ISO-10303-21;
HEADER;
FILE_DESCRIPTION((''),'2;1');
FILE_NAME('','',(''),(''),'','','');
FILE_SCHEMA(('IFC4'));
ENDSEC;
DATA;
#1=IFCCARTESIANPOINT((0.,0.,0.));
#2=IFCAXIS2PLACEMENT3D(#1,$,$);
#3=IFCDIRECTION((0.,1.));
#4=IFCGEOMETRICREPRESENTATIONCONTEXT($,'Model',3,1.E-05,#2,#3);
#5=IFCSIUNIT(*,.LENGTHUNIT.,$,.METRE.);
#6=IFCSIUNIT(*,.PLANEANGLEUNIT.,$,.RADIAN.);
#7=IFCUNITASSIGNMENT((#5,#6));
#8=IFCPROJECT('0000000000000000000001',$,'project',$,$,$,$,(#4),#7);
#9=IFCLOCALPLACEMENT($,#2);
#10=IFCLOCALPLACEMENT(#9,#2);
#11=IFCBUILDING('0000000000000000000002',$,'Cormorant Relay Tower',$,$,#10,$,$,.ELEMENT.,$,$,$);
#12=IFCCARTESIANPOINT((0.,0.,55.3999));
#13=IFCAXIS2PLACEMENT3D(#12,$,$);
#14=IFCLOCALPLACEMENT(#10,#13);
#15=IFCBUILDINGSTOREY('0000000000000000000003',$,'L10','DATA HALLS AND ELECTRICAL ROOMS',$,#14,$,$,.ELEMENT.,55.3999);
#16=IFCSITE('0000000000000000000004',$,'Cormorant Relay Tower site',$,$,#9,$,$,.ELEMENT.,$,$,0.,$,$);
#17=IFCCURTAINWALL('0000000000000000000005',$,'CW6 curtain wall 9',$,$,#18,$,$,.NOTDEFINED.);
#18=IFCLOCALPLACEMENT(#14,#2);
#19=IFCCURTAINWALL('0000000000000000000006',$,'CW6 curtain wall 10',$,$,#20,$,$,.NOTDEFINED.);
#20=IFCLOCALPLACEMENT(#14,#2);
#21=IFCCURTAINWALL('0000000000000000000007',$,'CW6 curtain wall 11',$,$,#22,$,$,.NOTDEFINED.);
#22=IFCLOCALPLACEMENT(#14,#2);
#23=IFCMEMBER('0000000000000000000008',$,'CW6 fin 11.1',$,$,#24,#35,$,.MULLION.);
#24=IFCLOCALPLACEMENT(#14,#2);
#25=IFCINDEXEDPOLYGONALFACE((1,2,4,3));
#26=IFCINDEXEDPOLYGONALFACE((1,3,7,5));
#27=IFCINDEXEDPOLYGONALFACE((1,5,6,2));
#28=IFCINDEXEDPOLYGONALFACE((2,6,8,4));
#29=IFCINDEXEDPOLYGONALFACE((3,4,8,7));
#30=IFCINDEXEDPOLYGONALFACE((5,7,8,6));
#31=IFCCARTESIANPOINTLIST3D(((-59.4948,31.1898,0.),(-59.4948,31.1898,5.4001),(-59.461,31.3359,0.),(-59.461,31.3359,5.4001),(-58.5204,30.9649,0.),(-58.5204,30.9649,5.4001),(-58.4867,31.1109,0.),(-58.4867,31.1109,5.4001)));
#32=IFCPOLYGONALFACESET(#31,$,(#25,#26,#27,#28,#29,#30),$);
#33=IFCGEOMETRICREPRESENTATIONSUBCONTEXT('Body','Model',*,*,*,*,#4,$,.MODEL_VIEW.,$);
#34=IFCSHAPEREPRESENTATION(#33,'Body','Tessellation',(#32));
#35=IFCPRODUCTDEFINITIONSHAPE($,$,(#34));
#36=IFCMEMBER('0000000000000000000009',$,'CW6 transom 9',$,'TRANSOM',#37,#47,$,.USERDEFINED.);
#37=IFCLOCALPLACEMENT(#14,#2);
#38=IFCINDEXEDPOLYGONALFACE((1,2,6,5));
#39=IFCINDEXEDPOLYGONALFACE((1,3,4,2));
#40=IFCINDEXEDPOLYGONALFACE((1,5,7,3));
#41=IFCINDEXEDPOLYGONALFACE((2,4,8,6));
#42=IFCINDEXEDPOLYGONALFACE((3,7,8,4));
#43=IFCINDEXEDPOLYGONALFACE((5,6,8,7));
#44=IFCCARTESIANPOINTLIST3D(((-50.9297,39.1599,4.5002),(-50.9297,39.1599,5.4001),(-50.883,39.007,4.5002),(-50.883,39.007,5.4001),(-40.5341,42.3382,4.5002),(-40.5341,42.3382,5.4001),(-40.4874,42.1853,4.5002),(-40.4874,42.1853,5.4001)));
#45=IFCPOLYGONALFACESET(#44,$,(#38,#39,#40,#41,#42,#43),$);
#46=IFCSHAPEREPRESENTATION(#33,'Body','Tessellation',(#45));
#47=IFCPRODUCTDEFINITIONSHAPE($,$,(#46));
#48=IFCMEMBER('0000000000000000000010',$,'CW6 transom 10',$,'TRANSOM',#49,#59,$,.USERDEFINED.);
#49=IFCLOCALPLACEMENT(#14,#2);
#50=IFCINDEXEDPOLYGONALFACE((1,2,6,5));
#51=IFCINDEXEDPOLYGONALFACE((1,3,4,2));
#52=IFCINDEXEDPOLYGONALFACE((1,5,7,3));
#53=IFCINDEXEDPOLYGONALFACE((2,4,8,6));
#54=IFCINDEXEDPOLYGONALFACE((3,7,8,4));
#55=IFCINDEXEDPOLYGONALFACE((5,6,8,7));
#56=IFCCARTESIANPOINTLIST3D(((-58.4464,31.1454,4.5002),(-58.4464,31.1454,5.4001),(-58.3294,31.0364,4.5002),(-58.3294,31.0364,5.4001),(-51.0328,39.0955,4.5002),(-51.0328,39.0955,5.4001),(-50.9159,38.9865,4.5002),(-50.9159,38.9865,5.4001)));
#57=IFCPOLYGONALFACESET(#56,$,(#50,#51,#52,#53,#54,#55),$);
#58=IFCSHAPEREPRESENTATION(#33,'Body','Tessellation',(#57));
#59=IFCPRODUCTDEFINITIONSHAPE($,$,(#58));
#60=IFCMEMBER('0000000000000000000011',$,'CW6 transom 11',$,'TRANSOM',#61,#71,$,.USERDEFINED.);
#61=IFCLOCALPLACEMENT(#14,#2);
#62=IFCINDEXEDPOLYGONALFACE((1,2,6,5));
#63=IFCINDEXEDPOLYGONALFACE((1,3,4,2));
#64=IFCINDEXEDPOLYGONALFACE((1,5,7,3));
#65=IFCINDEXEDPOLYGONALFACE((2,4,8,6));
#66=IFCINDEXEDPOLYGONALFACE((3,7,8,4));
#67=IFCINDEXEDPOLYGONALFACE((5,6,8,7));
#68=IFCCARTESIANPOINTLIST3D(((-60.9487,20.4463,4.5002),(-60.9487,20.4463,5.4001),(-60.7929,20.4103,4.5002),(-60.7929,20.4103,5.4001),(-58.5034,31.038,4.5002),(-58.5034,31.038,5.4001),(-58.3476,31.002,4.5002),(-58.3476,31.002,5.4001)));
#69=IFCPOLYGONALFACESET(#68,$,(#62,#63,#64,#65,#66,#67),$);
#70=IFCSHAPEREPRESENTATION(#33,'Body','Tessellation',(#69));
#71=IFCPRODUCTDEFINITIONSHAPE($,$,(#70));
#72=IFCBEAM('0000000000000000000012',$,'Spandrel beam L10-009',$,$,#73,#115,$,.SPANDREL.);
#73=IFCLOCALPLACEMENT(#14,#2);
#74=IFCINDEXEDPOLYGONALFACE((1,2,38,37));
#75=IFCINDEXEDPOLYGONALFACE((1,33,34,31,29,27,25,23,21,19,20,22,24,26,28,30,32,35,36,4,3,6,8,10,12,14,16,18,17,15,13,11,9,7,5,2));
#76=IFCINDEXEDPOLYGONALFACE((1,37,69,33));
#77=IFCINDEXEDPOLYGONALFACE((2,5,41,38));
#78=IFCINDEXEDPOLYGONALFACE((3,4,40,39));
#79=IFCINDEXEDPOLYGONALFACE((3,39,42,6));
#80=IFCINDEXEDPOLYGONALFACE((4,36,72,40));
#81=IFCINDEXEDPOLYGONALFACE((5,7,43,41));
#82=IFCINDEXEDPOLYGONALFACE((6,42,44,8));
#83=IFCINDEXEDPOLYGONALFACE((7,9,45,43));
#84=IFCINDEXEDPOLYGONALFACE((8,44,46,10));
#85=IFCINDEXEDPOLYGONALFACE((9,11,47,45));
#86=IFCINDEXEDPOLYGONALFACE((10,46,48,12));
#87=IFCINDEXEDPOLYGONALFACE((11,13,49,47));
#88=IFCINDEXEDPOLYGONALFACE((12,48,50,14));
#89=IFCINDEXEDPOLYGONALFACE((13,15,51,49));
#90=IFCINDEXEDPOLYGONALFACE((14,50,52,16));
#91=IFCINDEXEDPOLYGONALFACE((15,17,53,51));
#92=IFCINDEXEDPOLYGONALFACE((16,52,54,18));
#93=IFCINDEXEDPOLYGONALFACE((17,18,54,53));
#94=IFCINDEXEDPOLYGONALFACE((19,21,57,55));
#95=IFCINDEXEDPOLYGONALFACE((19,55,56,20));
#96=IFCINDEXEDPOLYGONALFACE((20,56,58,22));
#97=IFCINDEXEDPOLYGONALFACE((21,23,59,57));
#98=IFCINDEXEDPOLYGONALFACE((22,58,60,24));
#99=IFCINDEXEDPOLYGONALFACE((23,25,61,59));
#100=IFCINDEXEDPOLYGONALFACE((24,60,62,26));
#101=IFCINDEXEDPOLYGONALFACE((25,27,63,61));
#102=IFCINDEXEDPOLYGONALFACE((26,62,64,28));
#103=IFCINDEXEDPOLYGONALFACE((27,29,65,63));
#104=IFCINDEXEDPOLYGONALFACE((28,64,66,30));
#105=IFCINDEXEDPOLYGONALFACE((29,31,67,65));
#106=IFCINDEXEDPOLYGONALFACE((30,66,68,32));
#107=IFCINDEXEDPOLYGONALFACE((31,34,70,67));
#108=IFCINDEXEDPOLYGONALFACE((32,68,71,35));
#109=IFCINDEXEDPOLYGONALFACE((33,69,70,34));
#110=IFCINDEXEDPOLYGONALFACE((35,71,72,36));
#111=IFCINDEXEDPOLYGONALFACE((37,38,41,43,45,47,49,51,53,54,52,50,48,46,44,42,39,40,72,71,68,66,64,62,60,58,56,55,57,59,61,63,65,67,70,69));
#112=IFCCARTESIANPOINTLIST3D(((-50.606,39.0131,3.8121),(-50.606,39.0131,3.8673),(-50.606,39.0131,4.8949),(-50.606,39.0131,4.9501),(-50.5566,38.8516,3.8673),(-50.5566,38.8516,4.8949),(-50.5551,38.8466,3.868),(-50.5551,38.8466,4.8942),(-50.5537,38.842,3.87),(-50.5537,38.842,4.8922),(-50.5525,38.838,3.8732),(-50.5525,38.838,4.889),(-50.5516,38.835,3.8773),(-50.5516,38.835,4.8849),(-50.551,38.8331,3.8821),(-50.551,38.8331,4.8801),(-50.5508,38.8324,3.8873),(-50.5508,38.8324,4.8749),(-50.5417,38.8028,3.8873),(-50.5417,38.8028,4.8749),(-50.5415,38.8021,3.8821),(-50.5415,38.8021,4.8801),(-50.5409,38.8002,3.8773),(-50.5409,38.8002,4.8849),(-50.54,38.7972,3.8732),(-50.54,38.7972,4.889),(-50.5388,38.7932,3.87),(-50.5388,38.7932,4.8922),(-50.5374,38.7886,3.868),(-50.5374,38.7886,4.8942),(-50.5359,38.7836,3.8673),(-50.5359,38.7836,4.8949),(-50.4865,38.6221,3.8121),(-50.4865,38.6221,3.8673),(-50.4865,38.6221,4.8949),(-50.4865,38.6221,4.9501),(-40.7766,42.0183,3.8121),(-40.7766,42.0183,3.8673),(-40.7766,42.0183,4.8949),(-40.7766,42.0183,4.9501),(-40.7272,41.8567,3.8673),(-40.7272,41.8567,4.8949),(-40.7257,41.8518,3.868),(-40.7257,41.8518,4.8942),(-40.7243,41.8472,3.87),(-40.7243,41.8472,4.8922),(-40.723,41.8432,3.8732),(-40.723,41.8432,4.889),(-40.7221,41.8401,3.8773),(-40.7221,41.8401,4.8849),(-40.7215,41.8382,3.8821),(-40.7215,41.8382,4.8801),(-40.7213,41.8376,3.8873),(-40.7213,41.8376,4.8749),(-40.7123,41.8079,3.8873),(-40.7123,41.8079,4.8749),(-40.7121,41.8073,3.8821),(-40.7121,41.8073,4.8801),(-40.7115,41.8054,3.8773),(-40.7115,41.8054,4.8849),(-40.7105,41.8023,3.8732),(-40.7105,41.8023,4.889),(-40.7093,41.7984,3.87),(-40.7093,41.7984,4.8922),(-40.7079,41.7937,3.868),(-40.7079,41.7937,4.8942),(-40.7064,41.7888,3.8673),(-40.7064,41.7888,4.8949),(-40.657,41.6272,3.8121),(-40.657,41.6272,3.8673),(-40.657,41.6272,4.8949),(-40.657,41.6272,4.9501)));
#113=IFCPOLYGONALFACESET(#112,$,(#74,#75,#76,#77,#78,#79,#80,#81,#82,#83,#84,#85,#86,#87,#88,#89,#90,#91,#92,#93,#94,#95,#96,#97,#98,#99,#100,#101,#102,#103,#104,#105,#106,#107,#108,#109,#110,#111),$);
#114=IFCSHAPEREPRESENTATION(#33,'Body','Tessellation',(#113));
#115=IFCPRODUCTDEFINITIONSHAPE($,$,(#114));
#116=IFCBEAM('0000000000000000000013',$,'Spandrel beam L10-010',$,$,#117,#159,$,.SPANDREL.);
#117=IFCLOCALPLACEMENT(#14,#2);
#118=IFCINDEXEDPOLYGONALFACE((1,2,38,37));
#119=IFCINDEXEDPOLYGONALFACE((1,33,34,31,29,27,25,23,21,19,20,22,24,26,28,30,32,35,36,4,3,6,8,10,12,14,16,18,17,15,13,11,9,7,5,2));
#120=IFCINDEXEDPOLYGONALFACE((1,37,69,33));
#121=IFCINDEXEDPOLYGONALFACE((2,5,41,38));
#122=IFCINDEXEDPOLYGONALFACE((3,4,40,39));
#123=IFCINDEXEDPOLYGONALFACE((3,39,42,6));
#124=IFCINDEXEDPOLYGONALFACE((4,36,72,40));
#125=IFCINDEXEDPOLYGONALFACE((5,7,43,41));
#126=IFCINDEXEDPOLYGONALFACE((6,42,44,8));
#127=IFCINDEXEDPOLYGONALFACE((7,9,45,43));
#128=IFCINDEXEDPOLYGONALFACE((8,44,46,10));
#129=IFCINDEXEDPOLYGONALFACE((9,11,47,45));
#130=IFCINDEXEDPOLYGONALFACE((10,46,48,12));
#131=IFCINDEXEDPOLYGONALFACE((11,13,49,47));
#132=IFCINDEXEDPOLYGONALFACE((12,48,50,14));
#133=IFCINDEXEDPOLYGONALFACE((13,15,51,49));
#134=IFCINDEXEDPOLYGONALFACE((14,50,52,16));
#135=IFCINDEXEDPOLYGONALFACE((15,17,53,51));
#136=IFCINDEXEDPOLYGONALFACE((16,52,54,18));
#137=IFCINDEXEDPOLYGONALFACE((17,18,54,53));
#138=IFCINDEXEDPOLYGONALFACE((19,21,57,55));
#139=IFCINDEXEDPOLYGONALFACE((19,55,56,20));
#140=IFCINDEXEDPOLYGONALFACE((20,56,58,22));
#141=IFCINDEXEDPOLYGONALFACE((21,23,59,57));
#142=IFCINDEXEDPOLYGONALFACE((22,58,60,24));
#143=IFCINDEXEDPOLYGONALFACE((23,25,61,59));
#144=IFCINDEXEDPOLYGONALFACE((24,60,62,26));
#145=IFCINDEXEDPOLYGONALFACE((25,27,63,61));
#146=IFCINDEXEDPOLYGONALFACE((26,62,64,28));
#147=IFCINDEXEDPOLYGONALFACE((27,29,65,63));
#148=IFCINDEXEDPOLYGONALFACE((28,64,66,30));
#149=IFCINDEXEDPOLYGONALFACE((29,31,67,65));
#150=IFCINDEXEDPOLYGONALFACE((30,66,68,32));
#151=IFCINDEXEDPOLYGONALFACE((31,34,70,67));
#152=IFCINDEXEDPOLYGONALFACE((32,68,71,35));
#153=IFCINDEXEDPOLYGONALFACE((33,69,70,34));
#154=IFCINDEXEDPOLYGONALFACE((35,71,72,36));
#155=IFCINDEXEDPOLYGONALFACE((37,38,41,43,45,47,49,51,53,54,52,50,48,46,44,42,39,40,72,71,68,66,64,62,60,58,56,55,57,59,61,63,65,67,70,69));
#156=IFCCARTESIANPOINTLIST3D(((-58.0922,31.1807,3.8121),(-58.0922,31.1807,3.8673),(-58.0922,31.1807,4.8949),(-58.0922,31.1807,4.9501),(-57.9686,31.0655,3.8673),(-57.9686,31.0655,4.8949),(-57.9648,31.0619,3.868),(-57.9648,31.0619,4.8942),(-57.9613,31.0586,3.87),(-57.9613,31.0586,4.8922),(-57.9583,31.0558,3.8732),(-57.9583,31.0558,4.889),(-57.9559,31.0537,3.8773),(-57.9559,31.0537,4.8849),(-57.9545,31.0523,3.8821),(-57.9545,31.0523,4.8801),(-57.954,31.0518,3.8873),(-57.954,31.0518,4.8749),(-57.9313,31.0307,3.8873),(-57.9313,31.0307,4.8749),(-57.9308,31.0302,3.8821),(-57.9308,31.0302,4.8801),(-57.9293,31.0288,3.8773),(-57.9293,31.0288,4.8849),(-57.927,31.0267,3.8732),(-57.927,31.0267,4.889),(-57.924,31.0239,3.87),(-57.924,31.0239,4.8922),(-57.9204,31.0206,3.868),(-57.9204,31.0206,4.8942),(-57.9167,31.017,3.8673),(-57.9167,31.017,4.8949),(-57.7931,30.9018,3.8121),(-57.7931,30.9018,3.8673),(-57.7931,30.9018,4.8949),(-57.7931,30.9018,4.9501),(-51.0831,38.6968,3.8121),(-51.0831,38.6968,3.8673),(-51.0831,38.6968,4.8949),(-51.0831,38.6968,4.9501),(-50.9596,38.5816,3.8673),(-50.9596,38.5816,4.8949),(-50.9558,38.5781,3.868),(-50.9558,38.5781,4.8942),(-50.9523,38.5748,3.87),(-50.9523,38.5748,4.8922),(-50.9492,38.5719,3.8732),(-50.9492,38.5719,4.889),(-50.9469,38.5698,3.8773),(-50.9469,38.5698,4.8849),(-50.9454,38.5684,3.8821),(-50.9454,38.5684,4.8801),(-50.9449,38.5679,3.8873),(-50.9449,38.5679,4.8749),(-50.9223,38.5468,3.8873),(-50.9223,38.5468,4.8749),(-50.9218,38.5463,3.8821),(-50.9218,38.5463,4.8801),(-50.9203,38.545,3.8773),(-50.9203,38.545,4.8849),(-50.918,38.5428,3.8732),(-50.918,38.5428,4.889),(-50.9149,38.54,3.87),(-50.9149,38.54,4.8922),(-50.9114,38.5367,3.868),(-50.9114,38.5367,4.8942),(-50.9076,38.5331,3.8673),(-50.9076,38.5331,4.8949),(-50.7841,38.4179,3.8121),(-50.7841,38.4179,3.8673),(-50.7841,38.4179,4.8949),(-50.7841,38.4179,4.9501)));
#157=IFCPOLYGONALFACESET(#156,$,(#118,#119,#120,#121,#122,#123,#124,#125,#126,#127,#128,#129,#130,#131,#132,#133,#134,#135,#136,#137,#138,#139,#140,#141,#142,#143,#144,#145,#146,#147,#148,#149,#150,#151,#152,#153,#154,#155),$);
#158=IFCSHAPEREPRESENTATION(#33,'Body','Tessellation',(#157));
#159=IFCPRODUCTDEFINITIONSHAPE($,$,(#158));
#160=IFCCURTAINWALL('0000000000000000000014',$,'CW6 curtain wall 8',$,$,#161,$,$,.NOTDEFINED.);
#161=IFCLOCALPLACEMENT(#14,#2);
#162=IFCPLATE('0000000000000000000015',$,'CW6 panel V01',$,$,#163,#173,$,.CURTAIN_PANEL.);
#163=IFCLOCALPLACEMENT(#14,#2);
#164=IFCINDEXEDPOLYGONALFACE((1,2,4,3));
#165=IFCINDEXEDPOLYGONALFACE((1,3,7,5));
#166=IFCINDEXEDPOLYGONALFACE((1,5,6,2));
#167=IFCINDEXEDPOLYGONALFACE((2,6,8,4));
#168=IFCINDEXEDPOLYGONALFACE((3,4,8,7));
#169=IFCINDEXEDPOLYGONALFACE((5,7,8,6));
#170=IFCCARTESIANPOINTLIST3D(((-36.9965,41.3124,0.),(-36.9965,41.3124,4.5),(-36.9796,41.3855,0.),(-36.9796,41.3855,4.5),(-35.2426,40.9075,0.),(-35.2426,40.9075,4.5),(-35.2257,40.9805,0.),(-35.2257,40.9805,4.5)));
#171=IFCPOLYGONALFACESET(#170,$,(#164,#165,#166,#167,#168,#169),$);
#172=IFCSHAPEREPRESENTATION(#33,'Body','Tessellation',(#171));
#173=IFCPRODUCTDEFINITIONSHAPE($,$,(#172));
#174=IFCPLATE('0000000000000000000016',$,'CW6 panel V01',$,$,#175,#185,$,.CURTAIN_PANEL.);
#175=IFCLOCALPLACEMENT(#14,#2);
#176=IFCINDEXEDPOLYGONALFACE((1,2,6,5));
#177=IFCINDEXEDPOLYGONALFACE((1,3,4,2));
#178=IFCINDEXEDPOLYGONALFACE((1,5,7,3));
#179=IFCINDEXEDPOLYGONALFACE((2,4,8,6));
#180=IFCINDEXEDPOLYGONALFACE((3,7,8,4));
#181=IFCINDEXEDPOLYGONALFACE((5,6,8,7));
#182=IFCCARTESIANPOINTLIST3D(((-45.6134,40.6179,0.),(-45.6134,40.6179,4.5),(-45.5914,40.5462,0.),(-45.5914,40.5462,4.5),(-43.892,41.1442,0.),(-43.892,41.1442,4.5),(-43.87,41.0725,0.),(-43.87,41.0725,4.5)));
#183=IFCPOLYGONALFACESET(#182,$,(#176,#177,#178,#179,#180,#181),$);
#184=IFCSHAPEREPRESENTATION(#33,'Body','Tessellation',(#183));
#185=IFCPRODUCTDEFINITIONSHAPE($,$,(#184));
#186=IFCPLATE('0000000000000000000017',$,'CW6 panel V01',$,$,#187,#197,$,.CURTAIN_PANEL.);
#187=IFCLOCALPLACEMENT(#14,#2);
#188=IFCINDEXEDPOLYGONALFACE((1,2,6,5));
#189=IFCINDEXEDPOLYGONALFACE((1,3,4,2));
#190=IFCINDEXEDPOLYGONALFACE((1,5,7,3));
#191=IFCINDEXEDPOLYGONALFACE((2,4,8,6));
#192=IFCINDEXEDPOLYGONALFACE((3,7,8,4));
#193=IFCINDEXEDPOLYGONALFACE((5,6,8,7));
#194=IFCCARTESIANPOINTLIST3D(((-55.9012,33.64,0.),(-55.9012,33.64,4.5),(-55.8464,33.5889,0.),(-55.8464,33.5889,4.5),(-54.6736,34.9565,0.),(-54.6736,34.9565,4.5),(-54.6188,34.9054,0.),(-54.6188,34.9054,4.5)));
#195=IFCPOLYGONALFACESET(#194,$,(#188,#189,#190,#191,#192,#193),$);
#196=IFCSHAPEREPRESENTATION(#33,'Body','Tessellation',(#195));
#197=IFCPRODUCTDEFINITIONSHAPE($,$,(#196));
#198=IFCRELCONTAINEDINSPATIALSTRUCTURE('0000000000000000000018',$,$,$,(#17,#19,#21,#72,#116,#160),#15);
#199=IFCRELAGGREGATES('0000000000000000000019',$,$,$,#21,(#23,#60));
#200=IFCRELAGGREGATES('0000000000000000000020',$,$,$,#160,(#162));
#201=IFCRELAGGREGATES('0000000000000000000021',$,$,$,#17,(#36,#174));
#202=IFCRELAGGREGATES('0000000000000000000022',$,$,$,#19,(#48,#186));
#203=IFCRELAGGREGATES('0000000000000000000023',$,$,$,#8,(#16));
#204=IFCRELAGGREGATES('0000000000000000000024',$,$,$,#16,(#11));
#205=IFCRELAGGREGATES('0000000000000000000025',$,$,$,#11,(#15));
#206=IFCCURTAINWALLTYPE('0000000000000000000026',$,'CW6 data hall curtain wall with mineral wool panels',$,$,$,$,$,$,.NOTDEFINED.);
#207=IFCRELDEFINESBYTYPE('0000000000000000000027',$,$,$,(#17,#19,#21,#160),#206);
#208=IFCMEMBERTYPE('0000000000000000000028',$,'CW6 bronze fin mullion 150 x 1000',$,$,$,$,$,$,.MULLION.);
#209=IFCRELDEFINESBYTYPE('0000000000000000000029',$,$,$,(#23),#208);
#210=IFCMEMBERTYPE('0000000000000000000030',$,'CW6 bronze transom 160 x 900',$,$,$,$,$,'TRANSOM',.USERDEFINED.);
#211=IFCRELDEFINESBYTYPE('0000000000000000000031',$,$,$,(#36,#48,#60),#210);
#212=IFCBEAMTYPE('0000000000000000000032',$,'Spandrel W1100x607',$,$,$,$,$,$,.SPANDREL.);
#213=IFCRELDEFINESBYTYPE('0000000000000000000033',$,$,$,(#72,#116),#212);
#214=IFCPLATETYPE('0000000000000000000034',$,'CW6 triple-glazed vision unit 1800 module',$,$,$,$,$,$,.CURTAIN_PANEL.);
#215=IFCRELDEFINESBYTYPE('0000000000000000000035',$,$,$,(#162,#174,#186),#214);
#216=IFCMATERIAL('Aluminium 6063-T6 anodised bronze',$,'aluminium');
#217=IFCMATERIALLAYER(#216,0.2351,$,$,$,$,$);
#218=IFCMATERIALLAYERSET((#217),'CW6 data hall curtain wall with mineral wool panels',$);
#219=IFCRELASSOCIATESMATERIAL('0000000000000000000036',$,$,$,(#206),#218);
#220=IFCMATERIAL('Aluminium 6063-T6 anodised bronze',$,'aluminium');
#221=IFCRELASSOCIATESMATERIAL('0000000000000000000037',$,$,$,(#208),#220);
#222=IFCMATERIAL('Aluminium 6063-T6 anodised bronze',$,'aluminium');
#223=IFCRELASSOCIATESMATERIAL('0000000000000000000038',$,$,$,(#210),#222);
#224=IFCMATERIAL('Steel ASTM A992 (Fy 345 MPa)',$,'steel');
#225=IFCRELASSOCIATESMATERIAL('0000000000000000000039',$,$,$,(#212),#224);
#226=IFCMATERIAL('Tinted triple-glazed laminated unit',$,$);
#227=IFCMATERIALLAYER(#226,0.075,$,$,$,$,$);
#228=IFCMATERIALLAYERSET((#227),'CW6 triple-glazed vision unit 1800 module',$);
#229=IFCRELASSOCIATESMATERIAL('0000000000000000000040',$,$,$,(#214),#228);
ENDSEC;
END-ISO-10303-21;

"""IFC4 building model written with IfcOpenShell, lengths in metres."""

from ifc_helpers import new_model, si_unit, direction, frame, origin, origin_2d, place, context, subcontext, project, spatial, rectangle, i_section, extrude, material, layer, layer_set, material_profile, profile_set, type_object, element, aggregate, save


model = new_model("IFC4")

# Units and contexts
model_context = context("Model", 3, precision=1e-05, world=origin(), true_north=direction((0.0, 1.0)))
body_context = subcontext(model_context, "Body", "Model", "MODEL_VIEW")
ifc_project = project(units=[si_unit("LENGTHUNIT", "METRE"), si_unit("PLANEANGLEUNIT", "RADIAN")], contexts=[model_context])

# Site, building, storey
site_placement = place(None, origin())
site = spatial("IfcSite", under=ifc_project, at=site_placement, Name="Cormorant Relay Tower site", CompositionType="ELEMENT", RefElevation=0.0)
building_placement = place(site_placement, origin())
building = spatial("IfcBuilding", under=site, at=building_placement, Name="Cormorant Relay Tower", CompositionType="ELEMENT")
storey_placement = place(building_placement, frame((0.0, 0.0, 55.3999)))
storey = spatial("IfcBuildingStorey", under=building, at=storey_placement, Name="L10", Description="DATA HALLS AND ELECTRICAL ROOMS", CompositionType="ELEMENT", Elevation=55.3999)

# Curtain walls
ifc_material_1 = material(Name="Aluminium 6063-T6 anodised bronze", Category="aluminium")
ifc_layer_1 = layer(ifc_material_1, 0.2351)
ifc_layer_set_1 = layer_set([ifc_layer_1], Name="CW6 data hall curtain wall with mineral wool panels")
curtain_wall_type = type_object("IfcCurtainWallType", Name="CW6 data hall curtain wall with mineral wool panels", PredefinedType="NOTDEFINED", material=ifc_layer_set_1)
curtain_wall_1_placement = place(storey_placement, origin())
curtain_wall_1 = element("IfcCurtainWall", 1, at=curtain_wall_1_placement, inside=storey, type_object=curtain_wall_type, Name="CW6 curtain wall 9", PredefinedType="NOTDEFINED")
ifc_material_2 = material(Name="Aluminium 6063-T6 anodised bronze", Category="aluminium")
ifc_material_profile_1 = material_profile(ifc_material_2, rectangle(XDim=0.1499, YDim=1.0, at=origin_2d()), Name="AL 150x1000")
ifc_profile_set_1 = profile_set([ifc_material_profile_1], Name="Aluminium 6063-T6 anodised bronze")
member_type_1 = type_object("IfcMemberType", Name="CW6 bronze fin mullion 150 x 1000", PredefinedType="MULLION", material=ifc_profile_set_1)
curtain_wall_2_placement = place(storey_placement, origin())
curtain_wall_2 = element("IfcCurtainWall", 2, at=curtain_wall_2_placement, inside=storey, type_object=curtain_wall_type, Name="CW6 curtain wall 10", PredefinedType="NOTDEFINED")

# Curtain wall, member
curtain_wall_3_placement = place(storey_placement, origin())
curtain_wall_3 = element("IfcCurtainWall", 3, at=curtain_wall_3_placement, inside=storey, type_object=curtain_wall_type, Name="CW6 curtain wall 11", PredefinedType="NOTDEFINED")
member_1_placement = place(storey_placement, frame((-58.9907, 31.1504, 0.0), z_axis=(0.0, 0.0, 1.0), x_axis=(-0.224951, -0.97437, 0.0)))
member_1 = element("IfcMember", 4, at=member_1_placement, type_object=member_type_1, Name="CW6 fin 11.1", PredefinedType="MULLION", context=body_context, shape_type="SweptSolid", body=[
    extrude(rectangle(XDim=0.1499, YDim=1.0, at=origin_2d()), origin(), (0.0, 0.0, 1.0), 5.4001),
])

# Members
ifc_material_3 = material(Name="Aluminium 6063-T6 anodised bronze", Category="aluminium")
ifc_material_profile_2 = material_profile(ifc_material_3, rectangle(XDim=0.1599, YDim=0.8999, at=origin_2d()), Name="AL 160x900")
ifc_profile_set_2 = profile_set([ifc_material_profile_2], Name="Aluminium 6063-T6 anodised bronze")
member_type_2 = type_object("IfcMemberType", Name="CW6 bronze transom 160 x 900", ElementType="TRANSOM", PredefinedType="USERDEFINED", material=ifc_profile_set_2)
member_2_placement = place(storey_placement, frame((-40.5107, 42.2617, 4.9502), z_axis=(-0.956305, -0.292371, 0.0), x_axis=(0.292371, -0.956305, 0.0)))
member_2 = element("IfcMember", 5, at=member_2_placement, type_object=member_type_2, Name="CW6 transom 9", ObjectType="TRANSOM", PredefinedType="USERDEFINED", context=body_context, shape_type="SweptSolid", body=[
    extrude(rectangle(XDim=0.1599, YDim=0.8999, at=origin_2d()), origin(), (0.0, 0.0, 1.0), 10.8706),
])
member_3_placement = place(storey_placement, frame((-50.9744, 39.041, 4.9502), z_axis=(-0.681993, -0.731358, 0.0), x_axis=(0.731358, -0.681993, 0.0)))
member_3 = element("IfcMember", 6, at=member_3_placement, type_object=member_type_2, Name="CW6 transom 10", ObjectType="TRANSOM", PredefinedType="USERDEFINED", context=body_context, shape_type="SweptSolid", body=[
    extrude(rectangle(XDim=0.1599, YDim=0.8999, at=origin_2d()), origin(), (0.0, 0.0, 1.0), 10.8704),
])
member_4_placement = place(storey_placement, frame((-58.4255, 31.02, 4.9502), z_axis=(-0.224951, -0.97437, 0.0), x_axis=(0.97437, -0.224951, 0.0)))
member_4 = element("IfcMember", 7, at=member_4_placement, type_object=member_type_2, Name="CW6 transom 11", ObjectType="TRANSOM", PredefinedType="USERDEFINED", context=body_context, shape_type="SweptSolid", body=[
    extrude(rectangle(XDim=0.1599, YDim=0.8999, at=origin_2d()), origin(), (0.0, 0.0, 1.0), 10.8704),
])
aggregate(curtain_wall_3, [member_1, member_4])

# Beams
ifc_material_4 = material(Name="Steel ASTM A992 (Fy 345 MPa)", Category="steel")
ifc_material_profile_3 = material_profile(ifc_material_4, i_section(OverallWidth=0.4089, OverallDepth=1.1379, WebThickness=0.031, FlangeThickness=0.0552, FilletRadius=0.02, at=origin_2d()), Name="W1100x607")
ifc_profile_set_3 = profile_set([ifc_material_profile_3], Name="Steel ASTM A992 (Fy 345 MPa)")
beam_type = type_object("IfcBeamType", Name="Spandrel W1100x607", PredefinedType="SPANDREL", material=ifc_profile_set_3)
beam_1_placement = place(storey_placement, frame((-40.7168, 41.8228, 4.3811), z_axis=(-0.956305, -0.292371, 0.0), x_axis=(0.292371, -0.956305, 0.0)))
element("IfcBeam", 8, at=beam_1_placement, inside=storey, type_object=beam_type, Name="Spandrel beam L10-009", PredefinedType="SPANDREL", context=body_context, shape_type="SweptSolid", body=[
    extrude(i_section(OverallWidth=0.4089, OverallDepth=1.1379, WebThickness=0.031, FlangeThickness=0.0552, FilletRadius=0.02, at=origin_2d()), origin(), (0.0, 0.0, 1.0), 10.2786),
])
beam_2_placement = place(storey_placement, frame((-50.9336, 38.5574, 4.3811), z_axis=(-0.682006, -0.731347, 0.0), x_axis=(0.731347, -0.682006, 0.0)))
element("IfcBeam", 9, at=beam_2_placement, inside=storey, type_object=beam_type, Name="Spandrel beam L10-010", PredefinedType="SPANDREL", context=body_context, shape_type="SweptSolid", body=[
    extrude(i_section(OverallWidth=0.4089, OverallDepth=1.1379, WebThickness=0.031, FlangeThickness=0.0552, FilletRadius=0.02, at=origin_2d()), origin(), (0.0, 0.0, 1.0), 10.2771),
])

# Curtain wall, plate
curtain_wall_4_placement = place(storey_placement, origin())
curtain_wall_4 = element("IfcCurtainWall", 10, at=curtain_wall_4_placement, inside=storey, type_object=curtain_wall_type, Name="CW6 curtain wall 8", PredefinedType="NOTDEFINED")
ifc_material_5 = material(Name="Tinted triple-glazed laminated unit")
ifc_layer_2 = layer(ifc_material_5, 0.075)
ifc_layer_set_2 = layer_set([ifc_layer_2], Name="CW6 triple-glazed vision unit 1800 module")
plate_type = type_object("IfcPlateType", Name="CW6 triple-glazed vision unit 1800 module", PredefinedType="CURTAIN_PANEL", material=ifc_layer_set_2)
plate_1_placement = place(storey_placement, frame((-36.1111, 41.1465, 0.0), z_axis=(0.0, 0.0, 1.0), x_axis=(-0.97437, 0.224951, 0.0)))
plate_1 = element("IfcPlate", 11, at=plate_1_placement, type_object=plate_type, Name="CW6 panel V01", PredefinedType="CURTAIN_PANEL", context=body_context, shape_type="SweptSolid", body=[
    extrude(rectangle(XDim=1.8, YDim=0.075, at=origin_2d()), origin(), (0.0, 0.0, 1.0), 4.5),
])

# Plates
plate_2_placement = place(storey_placement, frame((-44.7417, 40.8452, 0.0), z_axis=(0.0, 0.0, 1.0), x_axis=(-0.956305, -0.292372, 0.0)))
plate_2 = element("IfcPlate", 12, at=plate_2_placement, type_object=plate_type, Name="CW6 panel V01", PredefinedType="CURTAIN_PANEL", context=body_context, shape_type="SweptSolid", body=[
    extrude(rectangle(XDim=1.8, YDim=0.075, at=origin_2d()), origin(), (0.0, 0.0, 1.0), 4.5),
])
plate_3_placement = place(storey_placement, frame((-55.26, 34.2727, 0.0), z_axis=(0.0, 0.0, 1.0), x_axis=(-0.681998, -0.731354, 0.0)))
plate_3 = element("IfcPlate", 13, at=plate_3_placement, type_object=plate_type, Name="CW6 panel V01", PredefinedType="CURTAIN_PANEL", context=body_context, shape_type="SweptSolid", body=[
    extrude(rectangle(XDim=1.8, YDim=0.075, at=origin_2d()), origin(), (0.0, 0.0, 1.0), 4.5),
])

aggregate(curtain_wall_4, [plate_1])
aggregate(curtain_wall_1, [member_2, plate_2])
aggregate(curtain_wall_2, [member_3, plate_3])

save(model, "model.ifc")
